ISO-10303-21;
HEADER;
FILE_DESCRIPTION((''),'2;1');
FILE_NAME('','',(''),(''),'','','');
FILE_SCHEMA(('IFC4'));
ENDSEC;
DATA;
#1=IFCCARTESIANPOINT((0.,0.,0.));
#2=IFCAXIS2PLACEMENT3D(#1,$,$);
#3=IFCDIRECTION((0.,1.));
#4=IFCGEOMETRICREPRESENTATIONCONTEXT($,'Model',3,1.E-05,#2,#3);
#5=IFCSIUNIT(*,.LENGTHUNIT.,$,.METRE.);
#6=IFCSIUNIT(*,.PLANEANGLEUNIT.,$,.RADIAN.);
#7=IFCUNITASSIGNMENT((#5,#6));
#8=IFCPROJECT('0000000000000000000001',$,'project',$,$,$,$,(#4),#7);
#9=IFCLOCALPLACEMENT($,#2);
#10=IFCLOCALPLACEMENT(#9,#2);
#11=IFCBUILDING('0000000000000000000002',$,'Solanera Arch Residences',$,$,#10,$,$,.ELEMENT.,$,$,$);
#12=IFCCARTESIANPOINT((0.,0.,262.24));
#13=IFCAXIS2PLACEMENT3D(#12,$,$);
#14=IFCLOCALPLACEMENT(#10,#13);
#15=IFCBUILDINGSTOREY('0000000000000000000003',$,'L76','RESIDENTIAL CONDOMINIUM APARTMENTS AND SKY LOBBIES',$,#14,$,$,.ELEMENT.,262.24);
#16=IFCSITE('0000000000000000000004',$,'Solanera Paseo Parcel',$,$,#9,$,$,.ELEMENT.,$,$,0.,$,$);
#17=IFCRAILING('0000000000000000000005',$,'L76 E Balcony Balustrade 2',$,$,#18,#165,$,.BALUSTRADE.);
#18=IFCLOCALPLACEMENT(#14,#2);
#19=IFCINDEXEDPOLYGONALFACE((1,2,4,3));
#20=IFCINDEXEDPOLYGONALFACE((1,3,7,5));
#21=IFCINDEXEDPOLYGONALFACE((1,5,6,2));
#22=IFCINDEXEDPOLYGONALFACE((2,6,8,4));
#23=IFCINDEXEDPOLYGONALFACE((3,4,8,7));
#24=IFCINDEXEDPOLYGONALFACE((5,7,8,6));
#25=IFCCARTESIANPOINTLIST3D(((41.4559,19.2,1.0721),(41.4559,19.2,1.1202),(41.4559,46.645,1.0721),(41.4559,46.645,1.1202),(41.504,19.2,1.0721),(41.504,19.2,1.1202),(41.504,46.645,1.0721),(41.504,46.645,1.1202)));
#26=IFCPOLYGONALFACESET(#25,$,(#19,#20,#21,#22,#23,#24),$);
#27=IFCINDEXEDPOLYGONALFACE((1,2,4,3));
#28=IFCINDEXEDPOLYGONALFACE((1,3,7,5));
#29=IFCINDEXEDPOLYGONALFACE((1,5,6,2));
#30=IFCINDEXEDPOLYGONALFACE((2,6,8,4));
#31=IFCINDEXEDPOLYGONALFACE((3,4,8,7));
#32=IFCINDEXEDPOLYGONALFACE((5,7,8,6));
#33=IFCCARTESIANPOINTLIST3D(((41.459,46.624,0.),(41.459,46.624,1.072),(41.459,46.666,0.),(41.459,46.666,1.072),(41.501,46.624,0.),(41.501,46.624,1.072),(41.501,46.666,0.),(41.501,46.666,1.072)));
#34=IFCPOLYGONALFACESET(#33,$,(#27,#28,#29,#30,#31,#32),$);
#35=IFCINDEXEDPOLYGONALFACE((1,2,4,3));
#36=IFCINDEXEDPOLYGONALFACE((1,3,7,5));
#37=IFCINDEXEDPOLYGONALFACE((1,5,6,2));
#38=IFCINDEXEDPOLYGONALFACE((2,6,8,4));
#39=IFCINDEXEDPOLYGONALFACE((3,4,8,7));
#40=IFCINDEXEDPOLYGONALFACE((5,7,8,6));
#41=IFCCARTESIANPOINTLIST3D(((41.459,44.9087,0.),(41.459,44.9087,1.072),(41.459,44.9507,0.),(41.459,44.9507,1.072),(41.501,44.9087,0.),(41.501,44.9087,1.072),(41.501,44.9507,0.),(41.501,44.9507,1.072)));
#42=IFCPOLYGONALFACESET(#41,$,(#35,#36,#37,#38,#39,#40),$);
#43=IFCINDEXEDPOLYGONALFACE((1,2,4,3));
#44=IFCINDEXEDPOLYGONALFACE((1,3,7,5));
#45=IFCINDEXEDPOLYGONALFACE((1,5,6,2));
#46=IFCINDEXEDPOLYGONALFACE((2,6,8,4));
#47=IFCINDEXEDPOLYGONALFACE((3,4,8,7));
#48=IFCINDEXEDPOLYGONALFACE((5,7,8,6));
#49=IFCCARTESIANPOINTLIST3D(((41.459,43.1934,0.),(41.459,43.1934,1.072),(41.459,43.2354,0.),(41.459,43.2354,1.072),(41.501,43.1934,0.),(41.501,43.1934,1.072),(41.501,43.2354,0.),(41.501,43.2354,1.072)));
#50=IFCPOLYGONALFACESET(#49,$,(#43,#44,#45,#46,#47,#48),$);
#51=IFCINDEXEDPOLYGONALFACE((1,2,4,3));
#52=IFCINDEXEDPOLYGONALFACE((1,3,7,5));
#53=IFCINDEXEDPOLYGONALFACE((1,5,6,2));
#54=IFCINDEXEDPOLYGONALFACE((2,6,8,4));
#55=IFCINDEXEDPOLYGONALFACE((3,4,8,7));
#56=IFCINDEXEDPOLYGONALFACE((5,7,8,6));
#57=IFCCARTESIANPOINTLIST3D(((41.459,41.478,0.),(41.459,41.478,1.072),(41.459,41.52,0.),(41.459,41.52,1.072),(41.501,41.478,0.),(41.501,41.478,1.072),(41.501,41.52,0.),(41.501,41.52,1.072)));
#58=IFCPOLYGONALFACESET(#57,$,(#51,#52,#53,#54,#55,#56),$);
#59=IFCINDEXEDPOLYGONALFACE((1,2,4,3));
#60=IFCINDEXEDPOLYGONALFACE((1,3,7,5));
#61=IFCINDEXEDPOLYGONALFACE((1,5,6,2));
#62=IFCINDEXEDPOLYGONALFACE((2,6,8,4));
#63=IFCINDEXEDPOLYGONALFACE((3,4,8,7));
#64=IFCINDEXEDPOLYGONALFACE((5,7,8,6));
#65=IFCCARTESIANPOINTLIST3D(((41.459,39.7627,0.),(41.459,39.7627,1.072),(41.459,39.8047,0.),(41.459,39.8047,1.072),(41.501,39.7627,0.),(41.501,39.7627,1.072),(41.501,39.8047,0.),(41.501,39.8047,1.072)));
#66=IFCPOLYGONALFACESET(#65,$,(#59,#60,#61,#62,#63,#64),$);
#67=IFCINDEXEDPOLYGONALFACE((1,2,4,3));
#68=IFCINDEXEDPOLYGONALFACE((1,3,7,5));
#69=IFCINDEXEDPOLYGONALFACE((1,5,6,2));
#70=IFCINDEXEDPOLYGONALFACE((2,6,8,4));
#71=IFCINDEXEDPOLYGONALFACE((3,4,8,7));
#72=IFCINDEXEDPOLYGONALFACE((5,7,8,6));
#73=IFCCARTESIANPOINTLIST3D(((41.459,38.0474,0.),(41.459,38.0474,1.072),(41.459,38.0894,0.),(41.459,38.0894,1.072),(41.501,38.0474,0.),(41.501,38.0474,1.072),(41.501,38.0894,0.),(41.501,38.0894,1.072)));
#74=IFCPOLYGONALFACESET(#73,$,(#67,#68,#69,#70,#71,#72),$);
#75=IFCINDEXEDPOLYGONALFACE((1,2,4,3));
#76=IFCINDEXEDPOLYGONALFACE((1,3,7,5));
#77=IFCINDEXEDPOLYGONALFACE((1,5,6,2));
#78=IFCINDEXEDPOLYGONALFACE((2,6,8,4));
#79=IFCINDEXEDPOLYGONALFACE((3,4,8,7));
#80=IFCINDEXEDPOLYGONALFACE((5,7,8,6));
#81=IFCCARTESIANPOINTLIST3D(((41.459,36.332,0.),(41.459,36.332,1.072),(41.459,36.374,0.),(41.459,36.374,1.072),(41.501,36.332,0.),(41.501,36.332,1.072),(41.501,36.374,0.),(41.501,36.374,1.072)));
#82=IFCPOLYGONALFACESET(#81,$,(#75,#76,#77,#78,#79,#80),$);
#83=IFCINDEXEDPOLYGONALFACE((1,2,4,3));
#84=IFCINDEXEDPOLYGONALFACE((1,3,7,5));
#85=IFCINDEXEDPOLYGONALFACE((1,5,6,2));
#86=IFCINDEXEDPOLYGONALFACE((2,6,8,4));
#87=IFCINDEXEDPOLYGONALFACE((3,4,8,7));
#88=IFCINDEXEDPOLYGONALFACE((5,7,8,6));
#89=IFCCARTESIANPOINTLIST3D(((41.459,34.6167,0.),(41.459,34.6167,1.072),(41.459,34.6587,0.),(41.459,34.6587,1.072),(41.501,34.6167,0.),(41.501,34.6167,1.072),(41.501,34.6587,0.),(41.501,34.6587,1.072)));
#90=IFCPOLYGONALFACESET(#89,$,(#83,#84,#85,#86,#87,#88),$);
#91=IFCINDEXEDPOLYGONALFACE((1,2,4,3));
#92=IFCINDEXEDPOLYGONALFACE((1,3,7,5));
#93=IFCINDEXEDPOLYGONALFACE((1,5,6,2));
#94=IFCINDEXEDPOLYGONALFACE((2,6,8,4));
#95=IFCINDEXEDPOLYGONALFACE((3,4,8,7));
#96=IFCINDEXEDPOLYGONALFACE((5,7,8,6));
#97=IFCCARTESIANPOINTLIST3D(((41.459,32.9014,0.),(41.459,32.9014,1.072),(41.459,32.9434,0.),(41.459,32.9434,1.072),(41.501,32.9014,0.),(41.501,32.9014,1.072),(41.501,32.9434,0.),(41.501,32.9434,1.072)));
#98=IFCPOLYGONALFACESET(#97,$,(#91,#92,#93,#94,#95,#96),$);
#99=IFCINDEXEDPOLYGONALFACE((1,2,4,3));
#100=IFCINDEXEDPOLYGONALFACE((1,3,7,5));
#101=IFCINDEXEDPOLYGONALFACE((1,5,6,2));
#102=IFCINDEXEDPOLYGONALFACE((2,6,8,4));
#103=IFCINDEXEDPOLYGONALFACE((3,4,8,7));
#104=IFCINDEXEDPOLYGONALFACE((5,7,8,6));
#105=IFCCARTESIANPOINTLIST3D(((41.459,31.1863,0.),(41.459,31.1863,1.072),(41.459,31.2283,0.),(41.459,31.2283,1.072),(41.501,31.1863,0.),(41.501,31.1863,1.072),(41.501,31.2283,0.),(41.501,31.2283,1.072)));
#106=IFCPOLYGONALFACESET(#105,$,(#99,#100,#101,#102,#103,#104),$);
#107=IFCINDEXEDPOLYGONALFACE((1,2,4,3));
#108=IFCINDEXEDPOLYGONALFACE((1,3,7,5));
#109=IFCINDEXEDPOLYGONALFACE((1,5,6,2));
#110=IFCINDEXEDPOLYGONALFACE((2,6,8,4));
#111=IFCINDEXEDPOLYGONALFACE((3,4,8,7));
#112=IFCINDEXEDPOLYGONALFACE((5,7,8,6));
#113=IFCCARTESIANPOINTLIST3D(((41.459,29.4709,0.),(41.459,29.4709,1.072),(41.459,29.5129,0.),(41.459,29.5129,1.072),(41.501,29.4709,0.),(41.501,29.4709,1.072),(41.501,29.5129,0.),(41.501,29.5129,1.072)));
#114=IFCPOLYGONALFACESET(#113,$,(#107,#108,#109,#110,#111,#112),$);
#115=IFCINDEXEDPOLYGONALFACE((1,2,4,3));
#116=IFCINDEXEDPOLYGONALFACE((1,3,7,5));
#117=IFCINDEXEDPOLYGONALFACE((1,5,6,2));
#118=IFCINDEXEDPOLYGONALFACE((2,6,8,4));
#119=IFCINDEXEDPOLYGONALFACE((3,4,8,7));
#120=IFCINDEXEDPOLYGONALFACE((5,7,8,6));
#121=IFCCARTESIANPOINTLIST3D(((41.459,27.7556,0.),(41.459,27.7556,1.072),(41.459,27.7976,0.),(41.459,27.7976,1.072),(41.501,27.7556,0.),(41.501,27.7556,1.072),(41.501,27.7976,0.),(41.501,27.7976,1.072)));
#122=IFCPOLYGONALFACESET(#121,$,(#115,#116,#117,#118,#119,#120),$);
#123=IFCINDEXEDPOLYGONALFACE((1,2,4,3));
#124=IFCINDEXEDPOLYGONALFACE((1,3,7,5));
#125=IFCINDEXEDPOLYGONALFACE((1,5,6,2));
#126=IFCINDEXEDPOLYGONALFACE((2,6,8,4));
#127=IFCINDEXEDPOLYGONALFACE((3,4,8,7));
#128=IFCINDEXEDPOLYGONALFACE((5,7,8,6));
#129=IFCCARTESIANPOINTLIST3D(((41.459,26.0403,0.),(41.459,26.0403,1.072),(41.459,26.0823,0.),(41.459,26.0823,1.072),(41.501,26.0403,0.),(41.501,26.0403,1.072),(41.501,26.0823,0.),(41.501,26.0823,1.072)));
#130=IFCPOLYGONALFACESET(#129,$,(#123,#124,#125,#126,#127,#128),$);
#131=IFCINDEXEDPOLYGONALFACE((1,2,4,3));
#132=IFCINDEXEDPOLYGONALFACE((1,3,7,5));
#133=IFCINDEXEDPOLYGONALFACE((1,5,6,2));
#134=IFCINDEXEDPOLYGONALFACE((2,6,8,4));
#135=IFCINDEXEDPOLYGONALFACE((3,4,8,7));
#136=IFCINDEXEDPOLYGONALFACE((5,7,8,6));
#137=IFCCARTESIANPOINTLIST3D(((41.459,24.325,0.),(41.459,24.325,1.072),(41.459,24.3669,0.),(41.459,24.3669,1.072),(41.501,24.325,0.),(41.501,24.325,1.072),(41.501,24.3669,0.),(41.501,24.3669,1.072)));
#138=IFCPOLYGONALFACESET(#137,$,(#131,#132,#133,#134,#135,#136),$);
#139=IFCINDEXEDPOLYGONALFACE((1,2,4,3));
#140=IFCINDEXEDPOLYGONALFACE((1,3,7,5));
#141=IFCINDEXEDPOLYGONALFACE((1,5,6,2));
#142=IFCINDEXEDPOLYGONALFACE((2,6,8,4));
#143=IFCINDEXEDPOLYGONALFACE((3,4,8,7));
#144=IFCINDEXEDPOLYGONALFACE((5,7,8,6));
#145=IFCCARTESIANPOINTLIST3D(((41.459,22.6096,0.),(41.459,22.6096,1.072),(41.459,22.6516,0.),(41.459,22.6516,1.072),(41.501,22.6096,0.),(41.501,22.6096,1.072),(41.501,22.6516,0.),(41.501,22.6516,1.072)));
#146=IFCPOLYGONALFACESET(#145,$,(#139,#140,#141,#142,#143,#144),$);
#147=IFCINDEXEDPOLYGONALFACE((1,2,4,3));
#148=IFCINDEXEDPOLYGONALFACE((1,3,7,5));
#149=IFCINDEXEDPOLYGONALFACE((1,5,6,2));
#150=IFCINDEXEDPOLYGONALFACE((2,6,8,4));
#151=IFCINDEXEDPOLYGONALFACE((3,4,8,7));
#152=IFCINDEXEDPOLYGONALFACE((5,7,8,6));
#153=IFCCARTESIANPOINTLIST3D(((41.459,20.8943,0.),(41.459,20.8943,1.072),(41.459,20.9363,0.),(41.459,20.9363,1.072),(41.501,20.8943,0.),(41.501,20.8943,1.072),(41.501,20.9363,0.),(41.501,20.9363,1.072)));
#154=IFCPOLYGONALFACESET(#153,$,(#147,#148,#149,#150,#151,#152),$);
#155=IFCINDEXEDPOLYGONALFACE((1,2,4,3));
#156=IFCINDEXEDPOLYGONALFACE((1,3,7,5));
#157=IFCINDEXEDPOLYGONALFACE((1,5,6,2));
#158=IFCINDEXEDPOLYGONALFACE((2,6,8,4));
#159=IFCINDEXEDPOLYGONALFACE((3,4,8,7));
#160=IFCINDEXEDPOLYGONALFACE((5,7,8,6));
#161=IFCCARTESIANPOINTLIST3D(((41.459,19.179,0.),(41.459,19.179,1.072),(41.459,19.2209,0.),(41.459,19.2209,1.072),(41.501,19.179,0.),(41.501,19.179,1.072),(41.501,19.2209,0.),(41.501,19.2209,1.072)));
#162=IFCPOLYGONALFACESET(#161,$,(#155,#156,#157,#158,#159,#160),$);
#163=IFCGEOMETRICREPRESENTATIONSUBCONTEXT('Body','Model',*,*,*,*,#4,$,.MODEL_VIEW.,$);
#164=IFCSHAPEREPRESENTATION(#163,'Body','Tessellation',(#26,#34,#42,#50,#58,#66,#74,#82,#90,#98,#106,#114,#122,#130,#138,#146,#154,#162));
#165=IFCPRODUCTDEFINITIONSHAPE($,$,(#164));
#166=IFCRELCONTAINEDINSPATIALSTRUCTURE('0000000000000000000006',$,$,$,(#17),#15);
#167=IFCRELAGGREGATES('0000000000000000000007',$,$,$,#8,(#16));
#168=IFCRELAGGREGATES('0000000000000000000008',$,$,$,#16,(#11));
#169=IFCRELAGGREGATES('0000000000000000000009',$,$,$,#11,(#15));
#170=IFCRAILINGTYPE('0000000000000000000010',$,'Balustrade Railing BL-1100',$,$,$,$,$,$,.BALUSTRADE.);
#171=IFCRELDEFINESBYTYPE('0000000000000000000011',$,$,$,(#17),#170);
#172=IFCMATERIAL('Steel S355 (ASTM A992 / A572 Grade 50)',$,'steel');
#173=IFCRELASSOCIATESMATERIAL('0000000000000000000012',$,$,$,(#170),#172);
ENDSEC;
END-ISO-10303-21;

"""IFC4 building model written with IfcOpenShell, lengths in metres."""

from ifc_helpers import new_model, si_unit, direction, frame, origin, origin_2d, place, context, subcontext, project, spatial, rectangle, extrude, material, type_object, element, save


model = new_model("IFC4")

# Units and contexts
model_context = context("Model", 3, precision=1e-05, world=origin(), true_north=direction((0.0, 1.0)))
body_context = subcontext(model_context, "Body", "Model", "MODEL_VIEW")
ifc_project = project(units=[si_unit("LENGTHUNIT", "METRE"), si_unit("PLANEANGLEUNIT", "RADIAN")], contexts=[model_context])

# Site, building, storey
site_placement = place(None, origin())
site = spatial("IfcSite", under=ifc_project, at=site_placement, Name="Solanera Paseo Parcel", CompositionType="ELEMENT", RefElevation=0.0)
building_placement = place(site_placement, origin())
building = spatial("IfcBuilding", under=site, at=building_placement, Name="Solanera Arch Residences", CompositionType="ELEMENT")
storey_placement = place(building_placement, frame((0.0, 0.0, 262.24)))
storey = spatial("IfcBuildingStorey", under=building, at=storey_placement, Name="L76", Description="RESIDENTIAL CONDOMINIUM APARTMENTS AND SKY LOBBIES", CompositionType="ELEMENT", Elevation=262.24)

# Railing
ifc_material_1 = material(Name="Steel S355 (ASTM A992 / A572 Grade 50)", Category="steel")
railing_type = type_object("IfcRailingType", Name="Balustrade Railing BL-1100", PredefinedType="BALUSTRADE", material=ifc_material_1)
railing_1_placement = place(storey_placement, frame((41.48, 46.645, 0.0)))
element("IfcRailing", 1, at=railing_1_placement, inside=storey, type_object=railing_type, Name="L76 E Balcony Balustrade 2", PredefinedType="BALUSTRADE", context=body_context, shape_type="SweptSolid", body=[
    extrude(rectangle(XDim=0.0481, YDim=0.0481, at=origin_2d()), frame((0.0, 0.0, 1.0962), z_axis=(0.0, -1.0, 0.0), x_axis=(1.0, 0.0, 0.0)), (0.0, 0.0, 1.0), 27.4451),
    extrude(rectangle(XDim=0.042, YDim=0.042, at=origin_2d()), origin(), (0.0, 0.0, 1.0), 1.072),
    extrude(rectangle(XDim=0.042, YDim=0.042, at=origin_2d()), frame((0.0, -1.7153, 0.0)), (0.0, 0.0, 1.0), 1.072),
    extrude(rectangle(XDim=0.042, YDim=0.042, at=origin_2d()), frame((0.0, -3.4307, 0.0)), (0.0, 0.0, 1.0), 1.072),
    extrude(rectangle(XDim=0.042, YDim=0.042, at=origin_2d()), frame((0.0, -5.146, 0.0)), (0.0, 0.0, 1.0), 1.072),
    extrude(rectangle(XDim=0.042, YDim=0.042, at=origin_2d()), frame((0.0, -6.8613, 0.0)), (0.0, 0.0, 1.0), 1.072),
    extrude(rectangle(XDim=0.042, YDim=0.042, at=origin_2d()), frame((0.0, -8.5767, 0.0)), (0.0, 0.0, 1.0), 1.072),
    extrude(rectangle(XDim=0.042, YDim=0.042, at=origin_2d()), frame((0.0, -10.292, 0.0)), (0.0, 0.0, 1.0), 1.072),
    extrude(rectangle(XDim=0.042, YDim=0.042, at=origin_2d()), frame((0.0, -12.0073, 0.0)), (0.0, 0.0, 1.0), 1.072),
    extrude(rectangle(XDim=0.042, YDim=0.042, at=origin_2d()), frame((0.0, -13.7227, 0.0)), (0.0, 0.0, 1.0), 1.072),
    extrude(rectangle(XDim=0.042, YDim=0.042, at=origin_2d()), frame((0.0, -15.4377, 0.0)), (0.0, 0.0, 1.0), 1.072),
    extrude(rectangle(XDim=0.042, YDim=0.042, at=origin_2d()), frame((0.0, -17.1531, 0.0)), (0.0, 0.0, 1.0), 1.072),
    extrude(rectangle(XDim=0.042, YDim=0.042, at=origin_2d()), frame((0.0, -18.8684, 0.0)), (0.0, 0.0, 1.0), 1.072),
    extrude(rectangle(XDim=0.042, YDim=0.042, at=origin_2d()), frame((0.0, -20.5837, 0.0)), (0.0, 0.0, 1.0), 1.072),
    extrude(rectangle(XDim=0.042, YDim=0.042, at=origin_2d()), frame((0.0, -22.2991, 0.0)), (0.0, 0.0, 1.0), 1.072),
    extrude(rectangle(XDim=0.042, YDim=0.042, at=origin_2d()), frame((0.0, -24.0144, 0.0)), (0.0, 0.0, 1.0), 1.072),
    extrude(rectangle(XDim=0.042, YDim=0.042, at=origin_2d()), frame((0.0, -25.7297, 0.0)), (0.0, 0.0, 1.0), 1.072),
    extrude(rectangle(XDim=0.042, YDim=0.042, at=origin_2d()), frame((0.0, -27.4451, 0.0)), (0.0, 0.0, 1.0), 1.072),
])

save(model, "model.ifc")
